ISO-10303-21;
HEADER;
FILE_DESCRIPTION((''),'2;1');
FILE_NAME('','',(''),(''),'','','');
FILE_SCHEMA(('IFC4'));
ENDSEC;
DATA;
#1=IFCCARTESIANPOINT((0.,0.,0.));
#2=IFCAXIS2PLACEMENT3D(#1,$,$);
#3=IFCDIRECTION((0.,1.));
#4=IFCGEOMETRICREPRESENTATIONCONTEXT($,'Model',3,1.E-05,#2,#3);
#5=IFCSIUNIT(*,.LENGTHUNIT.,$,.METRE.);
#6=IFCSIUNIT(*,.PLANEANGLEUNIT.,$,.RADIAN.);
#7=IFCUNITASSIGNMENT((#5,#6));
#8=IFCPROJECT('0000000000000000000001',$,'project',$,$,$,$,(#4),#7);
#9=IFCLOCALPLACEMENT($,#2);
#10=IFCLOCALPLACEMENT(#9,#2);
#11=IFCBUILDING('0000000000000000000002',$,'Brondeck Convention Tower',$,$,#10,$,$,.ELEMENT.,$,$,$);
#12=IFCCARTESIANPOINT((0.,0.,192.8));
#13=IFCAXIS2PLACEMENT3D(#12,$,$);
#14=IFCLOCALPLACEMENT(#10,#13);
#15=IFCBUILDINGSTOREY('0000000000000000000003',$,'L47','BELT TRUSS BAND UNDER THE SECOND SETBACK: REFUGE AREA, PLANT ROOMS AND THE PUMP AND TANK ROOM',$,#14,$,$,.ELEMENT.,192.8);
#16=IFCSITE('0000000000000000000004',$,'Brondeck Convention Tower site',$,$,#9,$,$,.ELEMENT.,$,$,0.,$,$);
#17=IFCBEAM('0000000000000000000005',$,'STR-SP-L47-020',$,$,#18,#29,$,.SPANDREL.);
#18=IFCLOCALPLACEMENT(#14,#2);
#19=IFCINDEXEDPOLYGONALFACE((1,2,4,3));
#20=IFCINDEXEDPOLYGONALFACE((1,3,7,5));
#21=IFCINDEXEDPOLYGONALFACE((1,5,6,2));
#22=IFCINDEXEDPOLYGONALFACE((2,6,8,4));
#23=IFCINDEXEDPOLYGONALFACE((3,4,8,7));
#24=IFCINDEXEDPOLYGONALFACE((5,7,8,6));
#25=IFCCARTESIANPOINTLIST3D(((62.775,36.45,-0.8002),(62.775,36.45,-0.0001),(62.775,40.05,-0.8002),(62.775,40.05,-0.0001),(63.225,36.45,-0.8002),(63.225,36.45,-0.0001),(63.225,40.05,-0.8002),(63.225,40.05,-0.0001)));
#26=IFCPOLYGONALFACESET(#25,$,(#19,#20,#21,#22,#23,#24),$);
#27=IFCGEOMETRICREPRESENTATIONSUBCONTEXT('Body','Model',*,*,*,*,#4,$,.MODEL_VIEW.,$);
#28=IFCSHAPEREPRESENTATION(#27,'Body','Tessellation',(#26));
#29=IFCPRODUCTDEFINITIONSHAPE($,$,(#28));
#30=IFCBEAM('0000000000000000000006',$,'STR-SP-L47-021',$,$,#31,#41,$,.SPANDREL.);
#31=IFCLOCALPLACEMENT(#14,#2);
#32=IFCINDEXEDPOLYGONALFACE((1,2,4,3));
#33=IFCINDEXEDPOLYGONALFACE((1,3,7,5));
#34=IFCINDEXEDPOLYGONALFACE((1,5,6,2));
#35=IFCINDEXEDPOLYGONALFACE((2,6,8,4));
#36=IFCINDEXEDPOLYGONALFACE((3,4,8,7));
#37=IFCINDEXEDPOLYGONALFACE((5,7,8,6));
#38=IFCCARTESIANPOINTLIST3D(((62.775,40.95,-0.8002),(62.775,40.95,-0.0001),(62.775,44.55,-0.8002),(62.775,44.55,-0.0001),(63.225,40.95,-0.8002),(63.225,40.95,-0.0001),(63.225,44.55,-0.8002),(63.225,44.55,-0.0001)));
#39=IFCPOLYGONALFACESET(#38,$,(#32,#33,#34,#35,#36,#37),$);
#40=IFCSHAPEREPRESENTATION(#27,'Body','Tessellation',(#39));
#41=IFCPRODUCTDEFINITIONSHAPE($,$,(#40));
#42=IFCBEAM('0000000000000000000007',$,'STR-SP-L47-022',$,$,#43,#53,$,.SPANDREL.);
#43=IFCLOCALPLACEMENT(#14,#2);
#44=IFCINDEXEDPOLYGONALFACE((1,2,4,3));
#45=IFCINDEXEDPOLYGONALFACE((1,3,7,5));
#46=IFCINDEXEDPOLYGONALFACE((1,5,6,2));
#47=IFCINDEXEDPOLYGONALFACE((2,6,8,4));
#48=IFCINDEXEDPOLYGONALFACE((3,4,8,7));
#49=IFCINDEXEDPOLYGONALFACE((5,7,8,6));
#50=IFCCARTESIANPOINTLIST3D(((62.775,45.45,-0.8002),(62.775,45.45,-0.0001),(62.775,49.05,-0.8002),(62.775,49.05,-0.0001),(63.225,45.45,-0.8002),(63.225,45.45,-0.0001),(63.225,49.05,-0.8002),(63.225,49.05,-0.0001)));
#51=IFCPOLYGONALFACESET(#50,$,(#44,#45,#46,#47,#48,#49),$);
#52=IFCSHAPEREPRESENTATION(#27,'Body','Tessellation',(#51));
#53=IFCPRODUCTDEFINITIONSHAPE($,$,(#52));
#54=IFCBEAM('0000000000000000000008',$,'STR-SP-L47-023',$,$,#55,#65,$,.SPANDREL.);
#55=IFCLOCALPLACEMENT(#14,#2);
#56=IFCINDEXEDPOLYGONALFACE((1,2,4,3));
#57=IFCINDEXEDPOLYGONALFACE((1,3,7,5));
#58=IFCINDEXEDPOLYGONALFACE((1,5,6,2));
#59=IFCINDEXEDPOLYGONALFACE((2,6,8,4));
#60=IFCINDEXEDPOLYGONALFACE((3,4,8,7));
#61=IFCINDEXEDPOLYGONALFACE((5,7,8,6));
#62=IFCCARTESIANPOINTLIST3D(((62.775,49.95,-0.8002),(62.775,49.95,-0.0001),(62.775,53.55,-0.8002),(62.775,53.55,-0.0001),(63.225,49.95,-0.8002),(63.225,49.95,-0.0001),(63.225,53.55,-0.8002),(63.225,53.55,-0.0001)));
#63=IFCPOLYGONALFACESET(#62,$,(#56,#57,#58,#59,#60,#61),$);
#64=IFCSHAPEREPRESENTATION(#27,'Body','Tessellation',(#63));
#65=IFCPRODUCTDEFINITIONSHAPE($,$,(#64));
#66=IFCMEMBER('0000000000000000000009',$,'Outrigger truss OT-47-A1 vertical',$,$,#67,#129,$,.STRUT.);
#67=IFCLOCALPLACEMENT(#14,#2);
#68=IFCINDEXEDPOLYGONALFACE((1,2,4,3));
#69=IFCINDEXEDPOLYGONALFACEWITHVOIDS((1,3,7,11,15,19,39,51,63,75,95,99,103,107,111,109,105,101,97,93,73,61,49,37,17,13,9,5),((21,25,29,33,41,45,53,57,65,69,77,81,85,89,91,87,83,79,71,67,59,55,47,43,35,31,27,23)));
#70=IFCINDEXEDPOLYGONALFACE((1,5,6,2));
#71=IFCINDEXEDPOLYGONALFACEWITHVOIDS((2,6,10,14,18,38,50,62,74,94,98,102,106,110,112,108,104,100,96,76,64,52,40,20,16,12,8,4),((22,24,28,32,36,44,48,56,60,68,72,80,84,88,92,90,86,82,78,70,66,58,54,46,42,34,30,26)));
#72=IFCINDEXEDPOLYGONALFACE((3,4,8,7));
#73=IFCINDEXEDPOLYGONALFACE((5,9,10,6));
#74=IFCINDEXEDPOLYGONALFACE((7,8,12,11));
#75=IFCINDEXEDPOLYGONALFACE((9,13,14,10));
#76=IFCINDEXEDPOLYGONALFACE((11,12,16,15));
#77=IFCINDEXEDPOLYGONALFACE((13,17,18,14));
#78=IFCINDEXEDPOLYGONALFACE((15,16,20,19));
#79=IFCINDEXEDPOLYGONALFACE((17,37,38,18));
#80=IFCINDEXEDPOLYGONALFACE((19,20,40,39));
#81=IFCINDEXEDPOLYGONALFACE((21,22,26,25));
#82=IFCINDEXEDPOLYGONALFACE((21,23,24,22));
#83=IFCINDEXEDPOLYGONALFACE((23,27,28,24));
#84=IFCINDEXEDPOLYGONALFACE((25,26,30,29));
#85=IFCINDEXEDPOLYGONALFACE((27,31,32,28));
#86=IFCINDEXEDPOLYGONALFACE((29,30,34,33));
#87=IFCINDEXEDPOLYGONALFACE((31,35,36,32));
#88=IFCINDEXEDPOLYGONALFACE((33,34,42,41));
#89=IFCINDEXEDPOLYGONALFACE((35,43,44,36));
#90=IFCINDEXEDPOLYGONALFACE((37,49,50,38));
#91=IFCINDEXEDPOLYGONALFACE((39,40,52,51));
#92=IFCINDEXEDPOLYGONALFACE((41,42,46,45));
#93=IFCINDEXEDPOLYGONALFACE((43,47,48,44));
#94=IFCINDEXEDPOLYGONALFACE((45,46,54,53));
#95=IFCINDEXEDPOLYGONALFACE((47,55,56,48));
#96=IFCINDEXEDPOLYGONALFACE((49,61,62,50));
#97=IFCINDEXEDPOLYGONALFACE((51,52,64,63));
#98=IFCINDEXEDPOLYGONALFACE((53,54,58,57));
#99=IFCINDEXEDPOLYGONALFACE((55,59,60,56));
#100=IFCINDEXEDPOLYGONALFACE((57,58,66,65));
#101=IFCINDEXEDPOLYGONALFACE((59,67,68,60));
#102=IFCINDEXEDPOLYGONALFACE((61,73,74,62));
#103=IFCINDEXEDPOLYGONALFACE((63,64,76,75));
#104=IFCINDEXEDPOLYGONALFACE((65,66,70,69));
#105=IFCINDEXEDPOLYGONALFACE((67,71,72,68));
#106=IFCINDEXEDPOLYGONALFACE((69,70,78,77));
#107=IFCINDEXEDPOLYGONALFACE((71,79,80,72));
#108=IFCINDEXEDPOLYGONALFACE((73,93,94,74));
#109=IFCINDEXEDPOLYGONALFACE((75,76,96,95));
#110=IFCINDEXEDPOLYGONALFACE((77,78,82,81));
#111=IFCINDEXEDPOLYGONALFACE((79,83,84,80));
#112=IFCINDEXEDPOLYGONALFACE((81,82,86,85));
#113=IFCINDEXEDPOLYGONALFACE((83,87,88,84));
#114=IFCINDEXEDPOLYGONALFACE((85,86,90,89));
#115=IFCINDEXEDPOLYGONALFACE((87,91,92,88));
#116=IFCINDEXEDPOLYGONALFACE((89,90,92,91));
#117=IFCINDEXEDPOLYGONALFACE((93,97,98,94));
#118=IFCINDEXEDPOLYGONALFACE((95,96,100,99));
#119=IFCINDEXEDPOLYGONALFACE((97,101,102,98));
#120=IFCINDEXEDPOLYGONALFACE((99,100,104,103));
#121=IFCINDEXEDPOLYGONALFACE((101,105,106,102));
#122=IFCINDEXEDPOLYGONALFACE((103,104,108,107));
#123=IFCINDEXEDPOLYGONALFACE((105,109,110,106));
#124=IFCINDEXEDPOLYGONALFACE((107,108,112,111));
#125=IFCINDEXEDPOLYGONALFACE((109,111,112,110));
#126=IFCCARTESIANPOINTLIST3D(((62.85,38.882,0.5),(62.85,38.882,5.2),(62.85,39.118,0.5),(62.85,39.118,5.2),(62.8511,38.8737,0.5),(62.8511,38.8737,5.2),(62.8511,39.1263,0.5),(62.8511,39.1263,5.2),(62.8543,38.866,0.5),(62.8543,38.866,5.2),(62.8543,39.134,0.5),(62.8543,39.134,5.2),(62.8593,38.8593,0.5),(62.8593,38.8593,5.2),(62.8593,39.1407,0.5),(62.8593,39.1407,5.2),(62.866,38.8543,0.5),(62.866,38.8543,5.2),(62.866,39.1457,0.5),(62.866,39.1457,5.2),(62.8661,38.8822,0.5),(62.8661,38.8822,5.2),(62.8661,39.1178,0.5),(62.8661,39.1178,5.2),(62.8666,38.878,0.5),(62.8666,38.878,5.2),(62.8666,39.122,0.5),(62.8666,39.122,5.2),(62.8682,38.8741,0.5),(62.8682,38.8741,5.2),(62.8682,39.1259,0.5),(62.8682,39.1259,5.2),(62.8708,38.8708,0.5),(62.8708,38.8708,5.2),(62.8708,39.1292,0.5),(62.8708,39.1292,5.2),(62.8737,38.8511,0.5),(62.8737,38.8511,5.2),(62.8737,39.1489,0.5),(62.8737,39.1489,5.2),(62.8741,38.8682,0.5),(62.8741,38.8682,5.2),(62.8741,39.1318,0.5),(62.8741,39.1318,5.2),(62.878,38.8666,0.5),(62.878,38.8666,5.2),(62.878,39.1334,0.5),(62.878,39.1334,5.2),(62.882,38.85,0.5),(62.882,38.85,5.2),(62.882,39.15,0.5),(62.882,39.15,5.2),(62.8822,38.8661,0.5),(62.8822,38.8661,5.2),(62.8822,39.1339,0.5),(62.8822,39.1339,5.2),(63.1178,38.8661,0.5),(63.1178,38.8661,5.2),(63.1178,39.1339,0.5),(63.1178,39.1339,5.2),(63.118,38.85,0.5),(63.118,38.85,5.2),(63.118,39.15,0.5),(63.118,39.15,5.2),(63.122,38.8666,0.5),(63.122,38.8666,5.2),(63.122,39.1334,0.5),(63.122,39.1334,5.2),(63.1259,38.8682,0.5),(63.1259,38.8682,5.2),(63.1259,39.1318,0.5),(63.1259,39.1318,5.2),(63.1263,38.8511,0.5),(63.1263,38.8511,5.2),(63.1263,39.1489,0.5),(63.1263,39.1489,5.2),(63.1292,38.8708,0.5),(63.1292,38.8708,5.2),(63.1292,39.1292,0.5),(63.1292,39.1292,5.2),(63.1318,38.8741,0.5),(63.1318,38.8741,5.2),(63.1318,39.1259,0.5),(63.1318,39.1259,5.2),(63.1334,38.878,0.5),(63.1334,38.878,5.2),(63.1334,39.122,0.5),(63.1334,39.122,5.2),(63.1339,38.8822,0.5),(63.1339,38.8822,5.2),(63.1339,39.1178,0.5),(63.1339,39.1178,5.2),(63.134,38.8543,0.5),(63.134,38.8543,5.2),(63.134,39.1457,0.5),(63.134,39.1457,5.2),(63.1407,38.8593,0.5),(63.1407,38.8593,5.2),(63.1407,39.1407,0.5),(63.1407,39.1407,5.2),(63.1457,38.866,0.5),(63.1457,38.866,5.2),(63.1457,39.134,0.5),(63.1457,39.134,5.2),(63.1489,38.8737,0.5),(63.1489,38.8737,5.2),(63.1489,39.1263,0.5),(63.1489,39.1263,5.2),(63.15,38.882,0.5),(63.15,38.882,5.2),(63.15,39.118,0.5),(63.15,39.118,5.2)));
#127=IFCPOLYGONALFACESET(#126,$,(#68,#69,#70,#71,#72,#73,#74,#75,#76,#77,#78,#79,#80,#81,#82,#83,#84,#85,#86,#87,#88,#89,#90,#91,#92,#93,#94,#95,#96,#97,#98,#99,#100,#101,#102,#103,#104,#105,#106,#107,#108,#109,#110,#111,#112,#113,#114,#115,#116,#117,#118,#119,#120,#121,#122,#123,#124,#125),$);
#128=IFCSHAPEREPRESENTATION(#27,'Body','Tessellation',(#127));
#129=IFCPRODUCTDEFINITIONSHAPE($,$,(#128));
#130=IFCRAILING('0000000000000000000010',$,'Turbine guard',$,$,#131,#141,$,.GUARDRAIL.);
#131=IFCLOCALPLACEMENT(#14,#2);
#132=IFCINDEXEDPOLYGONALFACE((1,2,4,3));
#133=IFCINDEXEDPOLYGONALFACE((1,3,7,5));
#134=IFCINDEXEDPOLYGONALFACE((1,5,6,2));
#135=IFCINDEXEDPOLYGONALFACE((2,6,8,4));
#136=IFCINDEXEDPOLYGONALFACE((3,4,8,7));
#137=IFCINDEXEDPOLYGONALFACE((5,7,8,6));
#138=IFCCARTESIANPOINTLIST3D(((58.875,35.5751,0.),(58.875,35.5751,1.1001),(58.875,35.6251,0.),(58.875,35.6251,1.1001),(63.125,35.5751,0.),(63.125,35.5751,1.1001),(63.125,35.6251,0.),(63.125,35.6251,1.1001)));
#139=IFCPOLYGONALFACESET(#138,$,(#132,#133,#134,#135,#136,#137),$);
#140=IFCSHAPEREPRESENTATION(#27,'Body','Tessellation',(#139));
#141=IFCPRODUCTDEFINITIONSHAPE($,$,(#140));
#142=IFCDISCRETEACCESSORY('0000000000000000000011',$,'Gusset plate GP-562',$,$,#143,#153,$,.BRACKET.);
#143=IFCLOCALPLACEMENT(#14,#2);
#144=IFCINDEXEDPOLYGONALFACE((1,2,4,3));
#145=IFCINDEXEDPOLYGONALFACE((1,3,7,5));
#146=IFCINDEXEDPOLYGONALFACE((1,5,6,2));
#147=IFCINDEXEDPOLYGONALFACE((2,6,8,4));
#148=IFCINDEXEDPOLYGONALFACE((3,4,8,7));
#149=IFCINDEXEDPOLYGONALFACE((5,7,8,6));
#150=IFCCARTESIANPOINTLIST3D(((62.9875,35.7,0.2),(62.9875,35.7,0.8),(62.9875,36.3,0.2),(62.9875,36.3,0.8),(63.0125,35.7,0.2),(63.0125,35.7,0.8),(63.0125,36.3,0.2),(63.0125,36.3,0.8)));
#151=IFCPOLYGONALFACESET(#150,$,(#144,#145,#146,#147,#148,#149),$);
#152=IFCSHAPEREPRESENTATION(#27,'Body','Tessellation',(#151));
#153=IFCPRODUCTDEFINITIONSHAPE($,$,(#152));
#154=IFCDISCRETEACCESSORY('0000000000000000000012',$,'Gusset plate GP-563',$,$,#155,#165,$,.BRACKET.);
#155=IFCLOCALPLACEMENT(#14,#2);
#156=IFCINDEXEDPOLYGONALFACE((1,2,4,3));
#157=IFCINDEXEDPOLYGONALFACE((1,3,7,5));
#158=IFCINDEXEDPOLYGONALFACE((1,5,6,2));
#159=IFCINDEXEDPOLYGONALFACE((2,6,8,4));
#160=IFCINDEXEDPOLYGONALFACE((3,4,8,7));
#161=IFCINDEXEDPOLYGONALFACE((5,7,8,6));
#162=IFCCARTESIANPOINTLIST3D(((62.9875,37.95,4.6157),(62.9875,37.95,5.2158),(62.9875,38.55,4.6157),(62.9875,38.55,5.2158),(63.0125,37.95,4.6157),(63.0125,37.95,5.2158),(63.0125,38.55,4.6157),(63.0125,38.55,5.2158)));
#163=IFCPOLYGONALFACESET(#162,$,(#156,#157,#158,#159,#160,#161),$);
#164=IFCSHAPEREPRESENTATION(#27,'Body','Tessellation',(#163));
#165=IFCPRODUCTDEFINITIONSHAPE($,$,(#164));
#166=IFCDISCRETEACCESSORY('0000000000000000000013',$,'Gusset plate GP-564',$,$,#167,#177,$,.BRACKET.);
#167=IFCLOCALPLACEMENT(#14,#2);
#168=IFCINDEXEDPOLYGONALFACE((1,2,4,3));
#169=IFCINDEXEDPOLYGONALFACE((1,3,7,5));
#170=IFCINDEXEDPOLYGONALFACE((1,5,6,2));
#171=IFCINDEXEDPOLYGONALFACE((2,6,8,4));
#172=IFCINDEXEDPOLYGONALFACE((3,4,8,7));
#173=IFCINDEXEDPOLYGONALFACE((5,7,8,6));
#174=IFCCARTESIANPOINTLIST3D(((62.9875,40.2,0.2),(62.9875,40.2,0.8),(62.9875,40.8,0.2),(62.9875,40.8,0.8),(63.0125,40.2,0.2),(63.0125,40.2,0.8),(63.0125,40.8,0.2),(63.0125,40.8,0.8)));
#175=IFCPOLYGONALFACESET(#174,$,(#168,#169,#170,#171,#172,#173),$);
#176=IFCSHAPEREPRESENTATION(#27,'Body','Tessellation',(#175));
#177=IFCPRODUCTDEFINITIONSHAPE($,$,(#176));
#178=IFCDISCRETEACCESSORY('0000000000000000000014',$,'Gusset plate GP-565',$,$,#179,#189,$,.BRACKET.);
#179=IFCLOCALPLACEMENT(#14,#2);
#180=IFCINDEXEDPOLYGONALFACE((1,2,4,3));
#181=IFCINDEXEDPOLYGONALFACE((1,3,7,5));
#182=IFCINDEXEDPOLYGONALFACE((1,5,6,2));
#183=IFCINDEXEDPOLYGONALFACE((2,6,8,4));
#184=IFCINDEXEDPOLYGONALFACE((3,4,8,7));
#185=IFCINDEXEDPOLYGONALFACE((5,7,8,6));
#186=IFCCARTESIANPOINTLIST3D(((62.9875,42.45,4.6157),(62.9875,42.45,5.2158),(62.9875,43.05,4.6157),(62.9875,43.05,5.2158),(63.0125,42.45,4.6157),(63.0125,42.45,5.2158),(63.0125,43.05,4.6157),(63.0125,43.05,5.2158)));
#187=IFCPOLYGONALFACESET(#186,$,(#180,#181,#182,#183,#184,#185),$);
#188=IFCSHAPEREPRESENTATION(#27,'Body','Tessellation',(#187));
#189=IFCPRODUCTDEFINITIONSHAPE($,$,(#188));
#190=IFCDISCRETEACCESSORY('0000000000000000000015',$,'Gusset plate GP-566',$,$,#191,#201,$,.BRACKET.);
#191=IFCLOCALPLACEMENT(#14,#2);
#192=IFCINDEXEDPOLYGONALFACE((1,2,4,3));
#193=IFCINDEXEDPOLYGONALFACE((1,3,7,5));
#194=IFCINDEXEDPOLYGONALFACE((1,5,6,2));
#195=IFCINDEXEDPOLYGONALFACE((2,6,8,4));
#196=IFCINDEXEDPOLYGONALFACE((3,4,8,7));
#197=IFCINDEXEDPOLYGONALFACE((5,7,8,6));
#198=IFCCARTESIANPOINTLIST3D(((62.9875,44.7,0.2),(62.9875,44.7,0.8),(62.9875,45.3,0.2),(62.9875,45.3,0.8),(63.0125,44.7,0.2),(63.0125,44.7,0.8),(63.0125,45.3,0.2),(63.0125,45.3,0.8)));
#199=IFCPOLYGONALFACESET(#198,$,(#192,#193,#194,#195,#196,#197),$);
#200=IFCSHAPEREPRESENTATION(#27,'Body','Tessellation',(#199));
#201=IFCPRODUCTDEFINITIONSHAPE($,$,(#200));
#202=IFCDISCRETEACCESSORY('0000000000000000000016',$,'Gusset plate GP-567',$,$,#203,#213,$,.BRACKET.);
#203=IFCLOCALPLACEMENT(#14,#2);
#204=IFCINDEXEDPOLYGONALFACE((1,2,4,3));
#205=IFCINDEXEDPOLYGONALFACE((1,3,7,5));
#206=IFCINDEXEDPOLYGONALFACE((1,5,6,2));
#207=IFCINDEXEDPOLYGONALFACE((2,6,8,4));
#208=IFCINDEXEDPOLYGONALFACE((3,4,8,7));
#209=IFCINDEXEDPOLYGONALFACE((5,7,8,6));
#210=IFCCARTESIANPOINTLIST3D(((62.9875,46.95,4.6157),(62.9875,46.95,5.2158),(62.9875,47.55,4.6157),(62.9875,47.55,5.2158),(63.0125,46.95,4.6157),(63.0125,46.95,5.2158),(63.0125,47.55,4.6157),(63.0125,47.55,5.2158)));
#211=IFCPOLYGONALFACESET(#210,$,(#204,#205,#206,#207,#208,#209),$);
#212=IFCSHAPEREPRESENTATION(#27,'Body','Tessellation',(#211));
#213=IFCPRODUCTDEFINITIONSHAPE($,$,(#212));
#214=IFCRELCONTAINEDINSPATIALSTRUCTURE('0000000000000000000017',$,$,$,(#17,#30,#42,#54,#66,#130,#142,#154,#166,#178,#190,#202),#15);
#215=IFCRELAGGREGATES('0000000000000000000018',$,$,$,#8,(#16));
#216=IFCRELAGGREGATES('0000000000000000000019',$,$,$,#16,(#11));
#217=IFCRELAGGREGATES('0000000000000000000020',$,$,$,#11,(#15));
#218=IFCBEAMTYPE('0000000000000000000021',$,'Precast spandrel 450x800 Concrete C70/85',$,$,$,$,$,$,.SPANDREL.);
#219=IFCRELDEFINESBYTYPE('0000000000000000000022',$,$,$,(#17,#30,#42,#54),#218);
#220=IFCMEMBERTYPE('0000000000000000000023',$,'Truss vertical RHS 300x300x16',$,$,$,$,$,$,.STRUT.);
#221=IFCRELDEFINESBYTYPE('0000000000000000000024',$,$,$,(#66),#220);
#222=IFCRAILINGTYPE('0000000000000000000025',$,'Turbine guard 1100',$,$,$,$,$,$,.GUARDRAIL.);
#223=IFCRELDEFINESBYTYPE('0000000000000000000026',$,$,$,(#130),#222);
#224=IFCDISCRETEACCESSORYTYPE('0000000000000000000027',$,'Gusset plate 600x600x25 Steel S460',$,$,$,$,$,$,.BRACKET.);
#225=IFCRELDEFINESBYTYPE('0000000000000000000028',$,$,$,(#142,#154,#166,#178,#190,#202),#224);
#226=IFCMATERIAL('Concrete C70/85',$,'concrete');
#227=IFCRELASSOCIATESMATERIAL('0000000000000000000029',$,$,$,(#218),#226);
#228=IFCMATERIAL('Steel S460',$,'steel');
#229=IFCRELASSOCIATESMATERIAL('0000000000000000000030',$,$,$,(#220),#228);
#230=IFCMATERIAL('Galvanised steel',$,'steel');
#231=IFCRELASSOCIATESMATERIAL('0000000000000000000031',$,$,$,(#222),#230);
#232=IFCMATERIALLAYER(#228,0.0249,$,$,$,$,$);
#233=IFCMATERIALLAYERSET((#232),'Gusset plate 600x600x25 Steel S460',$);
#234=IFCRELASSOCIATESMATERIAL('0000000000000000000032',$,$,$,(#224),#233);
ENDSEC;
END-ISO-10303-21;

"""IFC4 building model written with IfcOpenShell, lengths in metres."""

from ifc_helpers import new_model, si_unit, direction, frame, origin, origin_2d, place, context, subcontext, project, spatial, rectangle, hollow_rectangle, extrude, material, layer, layer_set, material_profile, profile_set, type_object, element, save


model = new_model("IFC4")

# Units and contexts
model_context = context("Model", 3, precision=1e-05, world=origin(), true_north=direction((0.0, 1.0)))
body_context = subcontext(model_context, "Body", "Model", "MODEL_VIEW")
ifc_project = project(units=[si_unit("LENGTHUNIT", "METRE"), si_unit("PLANEANGLEUNIT", "RADIAN")], contexts=[model_context])

# Site, building, storey
site_placement = place(None, origin())
site = spatial("IfcSite", under=ifc_project, at=site_placement, Name="Brondeck Convention Tower site", CompositionType="ELEMENT", RefElevation=0.0)
building_placement = place(site_placement, origin())
building = spatial("IfcBuilding", under=site, at=building_placement, Name="Brondeck Convention Tower", CompositionType="ELEMENT")
storey_placement = place(building_placement, frame((0.0, 0.0, 192.8)))
storey = spatial("IfcBuildingStorey", under=building, at=storey_placement, Name="L47", Description="BELT TRUSS BAND UNDER THE SECOND SETBACK: REFUGE AREA, PLANT ROOMS AND THE PUMP AND TANK ROOM", CompositionType="ELEMENT", Elevation=192.8)

# Shared definitions
ifc_material_1 = material(Name="Concrete C70/85", Category="concrete")

# Shared definitions
ifc_material_2 = material(Name="Steel S460", Category="steel")

# Beams
ifc_material_profile_1 = material_profile(ifc_material_1, rectangle(XDim=0.45, YDim=0.8, at=origin_2d()), Name="Precast spandrel 450x800 Concrete C70/85")
ifc_profile_set_1 = profile_set([ifc_material_profile_1], Name="Concrete C70/85")
beam_type = type_object("IfcBeamType", Name="Precast spandrel 450x800 Concrete C70/85", PredefinedType="SPANDREL", material=ifc_profile_set_1)
for number, where, z_axis, x_axis, name in (
    (1, (63.0, 36.45, -0.4001), (0.0, 1.0, 0.0), (-1.0, 0.0, 0.0), "STR-SP-L47-020"),
    (2, (63.0, 40.95, -0.4001), (0.0, 1.0, 0.0), (-1.0, 0.0, 0.0), "STR-SP-L47-021"),
    (3, (63.0, 45.45, -0.4001), (0.0, 1.0, 0.0), (-1.0, 0.0, 0.0), "STR-SP-L47-022"),
    (4, (63.0, 49.95, -0.4001), (0.0, 1.0, 0.0), (-1.0, 0.0, 0.0), "STR-SP-L47-023"),
):
    element("IfcBeam", number, at=place(storey_placement, frame(where, z_axis=z_axis, x_axis=x_axis)), inside=storey, type_object=beam_type, Name=name, PredefinedType="SPANDREL", context=body_context, shape_type="SweptSolid", body=[
        extrude(rectangle(XDim=0.45, YDim=0.8, at=origin_2d()), origin(), (0.0, 0.0, 1.0), 3.6001),
    ])

# Member
ifc_material_profile_2 = material_profile(ifc_material_2, hollow_rectangle(XDim=0.3, YDim=0.3, WallThickness=0.0161, InnerFilletRadius=0.0161, OuterFilletRadius=0.032, at=origin_2d()), Name="RHS 300x300x16")
ifc_profile_set_2 = profile_set([ifc_material_profile_2], Name="Steel S460")
member_type_1 = type_object("IfcMemberType", Name="Truss vertical RHS 300x300x16", PredefinedType="STRUT", material=ifc_profile_set_2)
member_placement = place(storey_placement, frame((63.0, 39.0, 0.5), z_axis=(0.0, 0.0, 1.0), x_axis=(1.0, 0.0, 0.0)))
element("IfcMember", 5, at=member_placement, inside=storey, type_object=member_type_1, Name="Outrigger truss OT-47-A1 vertical", PredefinedType="STRUT", context=body_context, shape_type="SweptSolid", body=[
    extrude(hollow_rectangle(XDim=0.3, YDim=0.3, WallThickness=0.0161, InnerFilletRadius=0.0161, OuterFilletRadius=0.032, at=origin_2d()), origin(), (0.0, 0.0, 1.0), 4.7),
])

# Railing
ifc_material_3 = material(Name="Galvanised steel", Category="steel")
railing_type = type_object("IfcRailingType", Name="Turbine guard 1100", PredefinedType="GUARDRAIL", material=ifc_material_3)
railing_placement = place(storey_placement, frame((61.0, 35.6001, 0.0), z_axis=(0.0, 0.0, 1.0), x_axis=(1.0, 0.0, 0.0)))
element("IfcRailing", 6, at=railing_placement, inside=storey, type_object=railing_type, Name="Turbine guard", PredefinedType="GUARDRAIL", context=body_context, shape_type="SweptSolid", body=[
    extrude(rectangle(XDim=4.25, YDim=0.05, at=origin_2d()), origin(), (0.0, 0.0, 1.0), 1.1001),
])

# Discrete accessories
ifc_layer = layer(ifc_material_2, 0.0249)
ifc_layer_set = layer_set([ifc_layer], Name="Gusset plate 600x600x25 Steel S460")
discrete_accessory_type = type_object("IfcDiscreteAccessoryType", Name="Gusset plate 600x600x25 Steel S460", PredefinedType="BRACKET", material=ifc_layer_set)
for number, where, z_axis, x_axis, name in (
    (7, (63.0, 36.0, 0.2), (0.0, 0.0, 1.0), (0.0, 1.0, 0.0), "Gusset plate GP-562"),
    (8, (63.0, 38.25, 4.6157), (0.0, 0.0, 1.0), (0.0, 1.0, 0.0), "Gusset plate GP-563"),
    (9, (63.0, 40.5, 0.2), (0.0, 0.0, 1.0), (0.0, 1.0, 0.0), "Gusset plate GP-564"),
    (10, (63.0, 42.75, 4.6157), (0.0, 0.0, 1.0), (0.0, 1.0, 0.0), "Gusset plate GP-565"),
    (11, (63.0, 45.0, 0.2), (0.0, 0.0, 1.0), (0.0, 1.0, 0.0), "Gusset plate GP-566"),
    (12, (63.0, 47.25, 4.6157), (0.0, 0.0, 1.0), (0.0, 1.0, 0.0), "Gusset plate GP-567"),
):
    element("IfcDiscreteAccessory", number, at=place(storey_placement, frame(where, z_axis=z_axis, x_axis=x_axis)), inside=storey, type_object=discrete_accessory_type, Name=name, PredefinedType="BRACKET", context=body_context, shape_type="SweptSolid", body=[
        extrude(rectangle(XDim=0.6001, YDim=0.0249, at=origin_2d()), origin(), (0.0, 0.0, 1.0), 0.6001),
    ])

save(model, "model.ifc")
